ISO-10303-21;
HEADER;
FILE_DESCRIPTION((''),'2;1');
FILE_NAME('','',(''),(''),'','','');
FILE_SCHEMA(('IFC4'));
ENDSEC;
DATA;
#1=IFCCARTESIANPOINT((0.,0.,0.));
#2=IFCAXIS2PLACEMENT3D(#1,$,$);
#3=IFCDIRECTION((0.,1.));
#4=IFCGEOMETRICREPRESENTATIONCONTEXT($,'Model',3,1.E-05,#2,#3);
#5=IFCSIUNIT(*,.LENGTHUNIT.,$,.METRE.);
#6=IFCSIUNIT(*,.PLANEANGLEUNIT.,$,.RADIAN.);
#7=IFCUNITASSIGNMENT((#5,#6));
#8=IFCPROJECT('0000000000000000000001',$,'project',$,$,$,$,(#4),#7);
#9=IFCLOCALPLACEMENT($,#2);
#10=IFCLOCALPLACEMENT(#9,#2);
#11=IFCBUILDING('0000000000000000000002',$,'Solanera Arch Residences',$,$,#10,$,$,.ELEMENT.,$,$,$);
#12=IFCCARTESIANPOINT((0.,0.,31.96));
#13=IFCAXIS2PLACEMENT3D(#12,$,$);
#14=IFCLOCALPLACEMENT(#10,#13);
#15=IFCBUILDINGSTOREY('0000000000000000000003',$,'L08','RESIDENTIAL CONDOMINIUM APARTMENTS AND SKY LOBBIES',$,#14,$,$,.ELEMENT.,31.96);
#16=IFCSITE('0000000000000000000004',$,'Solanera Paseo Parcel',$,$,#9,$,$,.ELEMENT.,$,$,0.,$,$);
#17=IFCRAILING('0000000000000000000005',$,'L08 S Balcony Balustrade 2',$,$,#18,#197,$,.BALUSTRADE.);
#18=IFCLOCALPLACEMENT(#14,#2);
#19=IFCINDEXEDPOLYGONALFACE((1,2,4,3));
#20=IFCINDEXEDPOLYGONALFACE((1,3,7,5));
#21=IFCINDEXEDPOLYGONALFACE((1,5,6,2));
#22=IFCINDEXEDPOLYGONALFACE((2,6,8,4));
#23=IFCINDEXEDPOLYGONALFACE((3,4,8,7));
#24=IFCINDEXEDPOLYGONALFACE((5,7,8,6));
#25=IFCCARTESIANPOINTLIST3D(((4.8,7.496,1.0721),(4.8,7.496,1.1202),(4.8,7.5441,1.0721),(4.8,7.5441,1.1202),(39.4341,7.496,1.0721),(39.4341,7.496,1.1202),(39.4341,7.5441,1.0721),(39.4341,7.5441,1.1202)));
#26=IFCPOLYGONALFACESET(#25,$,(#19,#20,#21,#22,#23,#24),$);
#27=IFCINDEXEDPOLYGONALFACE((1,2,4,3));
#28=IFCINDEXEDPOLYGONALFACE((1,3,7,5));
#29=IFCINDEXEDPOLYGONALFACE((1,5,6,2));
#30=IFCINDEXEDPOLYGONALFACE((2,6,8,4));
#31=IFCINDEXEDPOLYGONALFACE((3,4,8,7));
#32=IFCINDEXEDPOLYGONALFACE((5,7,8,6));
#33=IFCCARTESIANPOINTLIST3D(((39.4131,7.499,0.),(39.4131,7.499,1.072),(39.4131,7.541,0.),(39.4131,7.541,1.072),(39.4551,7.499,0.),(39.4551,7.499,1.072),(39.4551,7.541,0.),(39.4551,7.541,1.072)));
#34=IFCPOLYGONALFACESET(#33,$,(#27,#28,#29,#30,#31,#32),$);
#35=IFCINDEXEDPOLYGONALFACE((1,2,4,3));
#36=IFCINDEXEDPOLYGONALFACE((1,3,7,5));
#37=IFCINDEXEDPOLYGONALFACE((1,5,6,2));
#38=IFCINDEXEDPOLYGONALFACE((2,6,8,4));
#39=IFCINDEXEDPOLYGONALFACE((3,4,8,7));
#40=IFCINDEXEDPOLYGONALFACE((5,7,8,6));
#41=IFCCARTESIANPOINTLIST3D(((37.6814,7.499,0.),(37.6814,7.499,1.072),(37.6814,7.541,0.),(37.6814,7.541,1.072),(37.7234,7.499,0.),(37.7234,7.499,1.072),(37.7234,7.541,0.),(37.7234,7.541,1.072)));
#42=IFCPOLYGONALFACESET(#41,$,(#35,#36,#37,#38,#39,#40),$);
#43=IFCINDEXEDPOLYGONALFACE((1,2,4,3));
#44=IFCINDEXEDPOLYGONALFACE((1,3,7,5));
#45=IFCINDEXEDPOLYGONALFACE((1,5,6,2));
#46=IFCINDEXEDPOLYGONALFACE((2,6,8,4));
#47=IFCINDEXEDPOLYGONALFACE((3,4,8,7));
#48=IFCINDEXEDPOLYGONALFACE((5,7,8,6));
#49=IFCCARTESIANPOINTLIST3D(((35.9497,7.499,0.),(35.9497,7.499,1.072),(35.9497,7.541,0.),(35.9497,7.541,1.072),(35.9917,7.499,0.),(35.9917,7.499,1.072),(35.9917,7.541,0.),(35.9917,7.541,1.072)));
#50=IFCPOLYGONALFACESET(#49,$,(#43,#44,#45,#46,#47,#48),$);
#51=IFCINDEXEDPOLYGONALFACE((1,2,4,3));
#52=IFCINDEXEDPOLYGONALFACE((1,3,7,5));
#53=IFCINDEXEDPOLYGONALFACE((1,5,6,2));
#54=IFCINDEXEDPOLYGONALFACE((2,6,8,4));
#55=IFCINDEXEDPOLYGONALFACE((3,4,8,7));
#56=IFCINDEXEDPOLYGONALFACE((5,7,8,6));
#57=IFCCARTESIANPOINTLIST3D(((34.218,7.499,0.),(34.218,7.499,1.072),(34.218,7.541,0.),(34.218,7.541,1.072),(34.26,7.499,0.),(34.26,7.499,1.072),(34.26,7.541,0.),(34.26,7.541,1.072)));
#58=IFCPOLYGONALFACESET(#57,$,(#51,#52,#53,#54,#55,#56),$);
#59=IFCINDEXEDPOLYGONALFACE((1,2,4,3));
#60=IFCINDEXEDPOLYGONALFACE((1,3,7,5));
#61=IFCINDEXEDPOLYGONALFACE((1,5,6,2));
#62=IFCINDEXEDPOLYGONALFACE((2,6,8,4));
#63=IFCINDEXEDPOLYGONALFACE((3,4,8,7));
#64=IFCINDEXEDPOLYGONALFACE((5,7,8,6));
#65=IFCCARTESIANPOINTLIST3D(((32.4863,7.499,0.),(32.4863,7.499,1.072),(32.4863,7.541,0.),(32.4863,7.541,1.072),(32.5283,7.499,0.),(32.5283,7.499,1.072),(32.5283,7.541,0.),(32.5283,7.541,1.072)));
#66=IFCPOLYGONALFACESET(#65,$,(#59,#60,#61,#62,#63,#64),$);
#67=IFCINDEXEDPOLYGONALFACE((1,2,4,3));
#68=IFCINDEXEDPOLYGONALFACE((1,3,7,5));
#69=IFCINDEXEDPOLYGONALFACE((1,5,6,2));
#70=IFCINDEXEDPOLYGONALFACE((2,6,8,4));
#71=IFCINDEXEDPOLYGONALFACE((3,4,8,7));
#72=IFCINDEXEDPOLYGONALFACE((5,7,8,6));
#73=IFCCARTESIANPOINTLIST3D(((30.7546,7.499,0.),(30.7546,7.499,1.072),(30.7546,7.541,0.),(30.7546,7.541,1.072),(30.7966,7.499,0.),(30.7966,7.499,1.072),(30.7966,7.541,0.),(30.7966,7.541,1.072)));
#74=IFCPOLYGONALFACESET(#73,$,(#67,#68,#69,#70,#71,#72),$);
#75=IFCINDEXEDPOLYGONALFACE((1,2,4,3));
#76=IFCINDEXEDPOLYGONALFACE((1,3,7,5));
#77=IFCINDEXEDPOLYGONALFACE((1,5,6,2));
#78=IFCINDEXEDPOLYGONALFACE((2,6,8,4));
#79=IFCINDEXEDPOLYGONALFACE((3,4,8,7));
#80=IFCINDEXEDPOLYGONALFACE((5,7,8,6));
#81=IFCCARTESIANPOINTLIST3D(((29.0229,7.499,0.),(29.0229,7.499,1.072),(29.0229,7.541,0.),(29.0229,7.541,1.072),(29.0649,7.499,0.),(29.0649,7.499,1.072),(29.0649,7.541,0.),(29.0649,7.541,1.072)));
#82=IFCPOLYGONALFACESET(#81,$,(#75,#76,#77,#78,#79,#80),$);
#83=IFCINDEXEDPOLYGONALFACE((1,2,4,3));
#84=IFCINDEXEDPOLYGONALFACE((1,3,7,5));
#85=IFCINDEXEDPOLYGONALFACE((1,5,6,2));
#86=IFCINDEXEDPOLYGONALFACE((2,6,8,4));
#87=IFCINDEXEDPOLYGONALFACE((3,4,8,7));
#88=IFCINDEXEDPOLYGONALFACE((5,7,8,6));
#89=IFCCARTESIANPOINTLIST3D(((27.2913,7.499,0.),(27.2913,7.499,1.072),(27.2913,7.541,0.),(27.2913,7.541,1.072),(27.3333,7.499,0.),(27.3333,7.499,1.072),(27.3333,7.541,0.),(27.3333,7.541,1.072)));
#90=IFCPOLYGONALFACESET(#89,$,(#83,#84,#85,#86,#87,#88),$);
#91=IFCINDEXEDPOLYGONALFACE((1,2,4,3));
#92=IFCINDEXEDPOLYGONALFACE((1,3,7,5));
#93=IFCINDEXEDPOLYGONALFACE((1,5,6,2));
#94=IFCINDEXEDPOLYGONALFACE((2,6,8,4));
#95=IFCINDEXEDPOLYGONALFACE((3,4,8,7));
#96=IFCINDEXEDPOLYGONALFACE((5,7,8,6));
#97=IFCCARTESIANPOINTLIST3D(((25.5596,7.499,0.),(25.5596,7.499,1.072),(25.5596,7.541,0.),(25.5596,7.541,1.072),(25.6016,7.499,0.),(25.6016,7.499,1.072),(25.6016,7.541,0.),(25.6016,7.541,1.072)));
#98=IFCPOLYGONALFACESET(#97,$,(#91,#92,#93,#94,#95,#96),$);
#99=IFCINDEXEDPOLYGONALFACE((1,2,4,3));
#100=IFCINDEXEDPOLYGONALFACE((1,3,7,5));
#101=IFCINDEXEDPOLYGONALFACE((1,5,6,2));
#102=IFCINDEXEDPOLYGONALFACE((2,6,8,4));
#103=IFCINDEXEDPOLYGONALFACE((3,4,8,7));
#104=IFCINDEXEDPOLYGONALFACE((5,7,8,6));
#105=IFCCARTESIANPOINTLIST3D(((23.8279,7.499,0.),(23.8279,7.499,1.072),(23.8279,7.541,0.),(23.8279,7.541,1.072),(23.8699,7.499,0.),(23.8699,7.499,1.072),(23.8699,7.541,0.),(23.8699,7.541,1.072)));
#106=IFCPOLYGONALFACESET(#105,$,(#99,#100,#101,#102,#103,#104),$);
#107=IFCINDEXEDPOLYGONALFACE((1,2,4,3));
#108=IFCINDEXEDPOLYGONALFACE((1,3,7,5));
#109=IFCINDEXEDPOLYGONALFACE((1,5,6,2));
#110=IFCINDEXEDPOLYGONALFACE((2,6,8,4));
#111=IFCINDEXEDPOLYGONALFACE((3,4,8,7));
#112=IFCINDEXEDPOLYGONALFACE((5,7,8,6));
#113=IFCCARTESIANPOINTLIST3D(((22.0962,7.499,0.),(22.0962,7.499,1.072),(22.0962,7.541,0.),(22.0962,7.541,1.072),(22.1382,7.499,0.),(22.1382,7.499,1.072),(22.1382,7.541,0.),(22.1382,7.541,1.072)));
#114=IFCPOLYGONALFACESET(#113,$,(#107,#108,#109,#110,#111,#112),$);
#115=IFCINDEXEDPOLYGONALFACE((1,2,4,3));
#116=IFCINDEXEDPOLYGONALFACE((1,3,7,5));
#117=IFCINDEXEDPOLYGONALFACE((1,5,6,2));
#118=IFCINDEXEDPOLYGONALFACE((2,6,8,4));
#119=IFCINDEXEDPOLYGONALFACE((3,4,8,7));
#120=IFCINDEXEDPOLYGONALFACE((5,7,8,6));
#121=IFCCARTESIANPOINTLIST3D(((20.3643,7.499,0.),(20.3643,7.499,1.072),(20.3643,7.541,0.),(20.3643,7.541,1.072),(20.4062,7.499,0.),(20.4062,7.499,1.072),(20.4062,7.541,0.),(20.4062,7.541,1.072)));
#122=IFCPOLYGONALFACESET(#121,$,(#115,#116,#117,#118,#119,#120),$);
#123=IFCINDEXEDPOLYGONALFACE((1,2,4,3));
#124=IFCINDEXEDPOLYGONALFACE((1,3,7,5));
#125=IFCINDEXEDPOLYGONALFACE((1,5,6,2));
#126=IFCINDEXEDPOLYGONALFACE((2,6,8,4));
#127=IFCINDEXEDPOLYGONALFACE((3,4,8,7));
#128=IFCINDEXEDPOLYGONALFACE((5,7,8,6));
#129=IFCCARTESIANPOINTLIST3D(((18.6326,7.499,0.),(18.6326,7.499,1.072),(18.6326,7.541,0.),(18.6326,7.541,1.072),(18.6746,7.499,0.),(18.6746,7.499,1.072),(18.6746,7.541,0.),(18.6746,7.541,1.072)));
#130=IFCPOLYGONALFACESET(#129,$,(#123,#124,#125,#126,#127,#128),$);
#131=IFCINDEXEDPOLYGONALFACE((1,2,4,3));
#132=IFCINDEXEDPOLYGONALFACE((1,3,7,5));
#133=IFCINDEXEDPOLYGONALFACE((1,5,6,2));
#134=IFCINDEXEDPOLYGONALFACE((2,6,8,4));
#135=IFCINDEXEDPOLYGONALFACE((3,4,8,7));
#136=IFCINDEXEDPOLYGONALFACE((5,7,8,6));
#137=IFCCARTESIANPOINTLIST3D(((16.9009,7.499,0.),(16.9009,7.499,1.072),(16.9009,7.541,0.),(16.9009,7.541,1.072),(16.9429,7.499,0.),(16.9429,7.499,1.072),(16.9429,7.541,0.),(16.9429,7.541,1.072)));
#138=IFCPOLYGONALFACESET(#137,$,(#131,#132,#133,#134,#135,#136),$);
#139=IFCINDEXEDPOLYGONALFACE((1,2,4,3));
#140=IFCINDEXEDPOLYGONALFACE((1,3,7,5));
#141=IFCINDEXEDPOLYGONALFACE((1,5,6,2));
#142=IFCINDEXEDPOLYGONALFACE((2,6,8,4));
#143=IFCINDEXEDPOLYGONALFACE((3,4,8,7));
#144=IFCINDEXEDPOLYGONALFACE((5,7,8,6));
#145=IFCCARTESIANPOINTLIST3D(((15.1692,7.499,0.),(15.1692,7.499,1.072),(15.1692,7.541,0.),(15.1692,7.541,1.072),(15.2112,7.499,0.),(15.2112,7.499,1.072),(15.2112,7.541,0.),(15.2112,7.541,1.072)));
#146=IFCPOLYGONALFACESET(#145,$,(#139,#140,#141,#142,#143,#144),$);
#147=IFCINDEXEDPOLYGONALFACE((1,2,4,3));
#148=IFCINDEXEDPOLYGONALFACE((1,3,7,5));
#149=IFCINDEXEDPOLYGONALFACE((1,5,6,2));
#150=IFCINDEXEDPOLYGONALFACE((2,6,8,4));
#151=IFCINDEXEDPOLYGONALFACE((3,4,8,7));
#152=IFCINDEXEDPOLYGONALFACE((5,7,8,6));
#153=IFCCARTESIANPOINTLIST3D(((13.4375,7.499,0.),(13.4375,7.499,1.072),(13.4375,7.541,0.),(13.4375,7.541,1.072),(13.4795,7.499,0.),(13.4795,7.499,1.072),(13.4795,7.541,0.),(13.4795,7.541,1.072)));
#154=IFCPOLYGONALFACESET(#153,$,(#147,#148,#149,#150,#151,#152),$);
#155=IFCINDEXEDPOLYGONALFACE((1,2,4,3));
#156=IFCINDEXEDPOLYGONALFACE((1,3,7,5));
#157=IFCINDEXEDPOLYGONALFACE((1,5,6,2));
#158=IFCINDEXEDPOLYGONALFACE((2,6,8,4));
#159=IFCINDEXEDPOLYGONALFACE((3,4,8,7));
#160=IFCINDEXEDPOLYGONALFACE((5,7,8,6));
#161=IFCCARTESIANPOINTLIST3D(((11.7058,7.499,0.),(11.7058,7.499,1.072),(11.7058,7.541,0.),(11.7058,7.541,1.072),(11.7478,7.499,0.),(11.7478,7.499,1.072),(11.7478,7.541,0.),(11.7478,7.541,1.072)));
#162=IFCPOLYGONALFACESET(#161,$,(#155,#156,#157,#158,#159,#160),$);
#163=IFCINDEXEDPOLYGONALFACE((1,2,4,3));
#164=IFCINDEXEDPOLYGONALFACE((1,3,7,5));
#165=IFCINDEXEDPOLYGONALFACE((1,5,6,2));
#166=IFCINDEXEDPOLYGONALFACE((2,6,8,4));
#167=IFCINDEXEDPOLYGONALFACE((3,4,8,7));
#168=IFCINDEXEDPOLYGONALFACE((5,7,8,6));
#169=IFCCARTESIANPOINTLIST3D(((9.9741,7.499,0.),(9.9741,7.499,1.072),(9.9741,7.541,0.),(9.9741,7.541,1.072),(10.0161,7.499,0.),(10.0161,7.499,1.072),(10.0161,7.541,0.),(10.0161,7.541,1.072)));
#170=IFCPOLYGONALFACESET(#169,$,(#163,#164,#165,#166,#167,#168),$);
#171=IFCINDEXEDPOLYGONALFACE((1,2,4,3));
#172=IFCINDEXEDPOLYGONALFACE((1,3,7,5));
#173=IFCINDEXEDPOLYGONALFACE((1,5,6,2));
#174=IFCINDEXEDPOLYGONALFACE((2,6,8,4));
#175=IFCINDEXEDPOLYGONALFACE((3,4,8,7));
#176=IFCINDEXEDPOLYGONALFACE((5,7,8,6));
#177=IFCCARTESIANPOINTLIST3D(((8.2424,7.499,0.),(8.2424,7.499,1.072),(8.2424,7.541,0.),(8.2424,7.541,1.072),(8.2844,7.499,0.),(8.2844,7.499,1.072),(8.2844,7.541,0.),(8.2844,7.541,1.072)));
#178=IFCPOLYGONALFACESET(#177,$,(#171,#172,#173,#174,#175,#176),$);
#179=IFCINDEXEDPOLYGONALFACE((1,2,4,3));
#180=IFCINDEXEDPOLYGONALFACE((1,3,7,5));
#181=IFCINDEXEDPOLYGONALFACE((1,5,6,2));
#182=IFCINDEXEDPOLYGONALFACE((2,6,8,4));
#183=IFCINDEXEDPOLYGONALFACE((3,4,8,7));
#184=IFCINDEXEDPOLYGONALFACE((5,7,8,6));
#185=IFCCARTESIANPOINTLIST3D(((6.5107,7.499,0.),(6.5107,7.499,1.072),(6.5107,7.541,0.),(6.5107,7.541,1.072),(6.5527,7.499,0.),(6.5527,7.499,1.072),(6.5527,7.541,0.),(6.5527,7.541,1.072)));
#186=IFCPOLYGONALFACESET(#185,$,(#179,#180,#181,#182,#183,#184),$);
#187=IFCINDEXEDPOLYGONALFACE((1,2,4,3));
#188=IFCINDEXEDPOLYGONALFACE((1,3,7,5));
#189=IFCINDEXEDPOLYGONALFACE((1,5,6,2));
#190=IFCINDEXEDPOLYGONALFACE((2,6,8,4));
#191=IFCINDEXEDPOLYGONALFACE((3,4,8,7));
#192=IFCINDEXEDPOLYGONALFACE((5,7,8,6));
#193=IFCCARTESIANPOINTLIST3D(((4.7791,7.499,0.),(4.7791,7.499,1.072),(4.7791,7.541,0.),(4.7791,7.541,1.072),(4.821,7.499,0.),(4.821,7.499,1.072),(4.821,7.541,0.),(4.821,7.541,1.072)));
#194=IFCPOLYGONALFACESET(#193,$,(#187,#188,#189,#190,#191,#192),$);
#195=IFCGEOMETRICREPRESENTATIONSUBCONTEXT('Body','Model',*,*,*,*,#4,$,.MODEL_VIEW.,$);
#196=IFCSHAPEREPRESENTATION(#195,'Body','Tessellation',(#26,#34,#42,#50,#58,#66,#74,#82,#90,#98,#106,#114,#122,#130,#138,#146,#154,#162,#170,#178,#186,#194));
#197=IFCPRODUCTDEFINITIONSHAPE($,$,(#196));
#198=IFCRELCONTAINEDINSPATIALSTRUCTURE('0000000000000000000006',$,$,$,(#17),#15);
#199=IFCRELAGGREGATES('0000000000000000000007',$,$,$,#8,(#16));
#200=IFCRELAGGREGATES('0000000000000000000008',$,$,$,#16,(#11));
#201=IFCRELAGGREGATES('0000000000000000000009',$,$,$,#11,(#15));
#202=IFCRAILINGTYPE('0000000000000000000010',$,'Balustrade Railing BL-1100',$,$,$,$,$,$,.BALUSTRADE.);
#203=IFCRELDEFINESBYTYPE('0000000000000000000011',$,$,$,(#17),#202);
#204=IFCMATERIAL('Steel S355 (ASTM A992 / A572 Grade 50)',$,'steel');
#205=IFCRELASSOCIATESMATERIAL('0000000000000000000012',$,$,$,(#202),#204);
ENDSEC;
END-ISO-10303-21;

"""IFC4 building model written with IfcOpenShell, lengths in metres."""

from ifc_helpers import new_model, si_unit, direction, frame, origin, origin_2d, place, context, subcontext, project, spatial, rectangle, extrude, material, type_object, element, save


model = new_model("IFC4")

# Units and contexts
model_context = context("Model", 3, precision=1e-05, world=origin(), true_north=direction((0.0, 1.0)))
body_context = subcontext(model_context, "Body", "Model", "MODEL_VIEW")
ifc_project = project(units=[si_unit("LENGTHUNIT", "METRE"), si_unit("PLANEANGLEUNIT", "RADIAN")], contexts=[model_context])

# Site, building, storey
site_placement = place(None, origin())
site = spatial("IfcSite", under=ifc_project, at=site_placement, Name="Solanera Paseo Parcel", CompositionType="ELEMENT", RefElevation=0.0)
building_placement = place(site_placement, origin())
building = spatial("IfcBuilding", under=site, at=building_placement, Name="Solanera Arch Residences", CompositionType="ELEMENT")
storey_placement = place(building_placement, frame((0.0, 0.0, 31.96)))
storey = spatial("IfcBuildingStorey", under=building, at=storey_placement, Name="L08", Description="RESIDENTIAL CONDOMINIUM APARTMENTS AND SKY LOBBIES", CompositionType="ELEMENT", Elevation=31.96)

# Railing
ifc_material_1 = material(Name="Steel S355 (ASTM A992 / A572 Grade 50)", Category="steel")
railing_type = type_object("IfcRailingType", Name="Balustrade Railing BL-1100", PredefinedType="BALUSTRADE", material=ifc_material_1)
railing_1_placement = place(storey_placement, frame((39.4341, 7.52, 0.0)))
element("IfcRailing", 1, at=railing_1_placement, inside=storey, type_object=railing_type, Name="L08 S Balcony Balustrade 2", PredefinedType="BALUSTRADE", context=body_context, shape_type="SweptSolid", body=[
    extrude(rectangle(XDim=0.0481, YDim=0.0481, at=origin_2d()), frame((0.0, 0.0, 1.0962), z_axis=(-1.0, 0.0, 0.0), x_axis=(0.0, -1.0, 0.0)), (0.0, 0.0, 1.0), 34.634),
    extrude(rectangle(XDim=0.042, YDim=0.042, at=origin_2d()), origin(), (0.0, 0.0, 1.0), 1.072),
    extrude(rectangle(XDim=0.042, YDim=0.042, at=origin_2d()), frame((-1.7317, 0.0, 0.0)), (0.0, 0.0, 1.0), 1.072),
    extrude(rectangle(XDim=0.042, YDim=0.042, at=origin_2d()), frame((-3.4634, 0.0, 0.0)), (0.0, 0.0, 1.0), 1.072),
    extrude(rectangle(XDim=0.042, YDim=0.042, at=origin_2d()), frame((-5.1951, 0.0, 0.0)), (0.0, 0.0, 1.0), 1.072),
    extrude(rectangle(XDim=0.042, YDim=0.042, at=origin_2d()), frame((-6.9268, 0.0, 0.0)), (0.0, 0.0, 1.0), 1.072),
    extrude(rectangle(XDim=0.042, YDim=0.042, at=origin_2d()), frame((-8.6584, 0.0, 0.0)), (0.0, 0.0, 1.0), 1.072),
    extrude(rectangle(XDim=0.042, YDim=0.042, at=origin_2d()), frame((-10.3901, 0.0, 0.0)), (0.0, 0.0, 1.0), 1.072),
    extrude(rectangle(XDim=0.042, YDim=0.042, at=origin_2d()), frame((-12.1218, 0.0, 0.0)), (0.0, 0.0, 1.0), 1.072),
    extrude(rectangle(XDim=0.042, YDim=0.042, at=origin_2d()), frame((-13.8535, 0.0, 0.0)), (0.0, 0.0, 1.0), 1.072),
    extrude(rectangle(XDim=0.042, YDim=0.042, at=origin_2d()), frame((-15.5852, 0.0, 0.0)), (0.0, 0.0, 1.0), 1.072),
    extrude(rectangle(XDim=0.042, YDim=0.042, at=origin_2d()), frame((-17.3169, 0.0, 0.0)), (0.0, 0.0, 1.0), 1.072),
    extrude(rectangle(XDim=0.042, YDim=0.042, at=origin_2d()), frame((-19.0488, 0.0, 0.0)), (0.0, 0.0, 1.0), 1.072),
    extrude(rectangle(XDim=0.042, YDim=0.042, at=origin_2d()), frame((-20.7805, 0.0, 0.0)), (0.0, 0.0, 1.0), 1.072),
    extrude(rectangle(XDim=0.042, YDim=0.042, at=origin_2d()), frame((-22.5122, 0.0, 0.0)), (0.0, 0.0, 1.0), 1.072),
    extrude(rectangle(XDim=0.042, YDim=0.042, at=origin_2d()), frame((-24.2439, 0.0, 0.0)), (0.0, 0.0, 1.0), 1.072),
    extrude(rectangle(XDim=0.042, YDim=0.042, at=origin_2d()), frame((-25.9756, 0.0, 0.0)), (0.0, 0.0, 1.0), 1.072),
    extrude(rectangle(XDim=0.042, YDim=0.042, at=origin_2d()), frame((-27.7073, 0.0, 0.0)), (0.0, 0.0, 1.0), 1.072),
    extrude(rectangle(XDim=0.042, YDim=0.042, at=origin_2d()), frame((-29.439, 0.0, 0.0)), (0.0, 0.0, 1.0), 1.072),
    extrude(rectangle(XDim=0.042, YDim=0.042, at=origin_2d()), frame((-31.1707, 0.0, 0.0)), (0.0, 0.0, 1.0), 1.072),
    extrude(rectangle(XDim=0.042, YDim=0.042, at=origin_2d()), frame((-32.9023, 0.0, 0.0)), (0.0, 0.0, 1.0), 1.072),
    extrude(rectangle(XDim=0.042, YDim=0.042, at=origin_2d()), frame((-34.634, 0.0, 0.0)), (0.0, 0.0, 1.0), 1.072),
])

save(model, "model.ifc")
